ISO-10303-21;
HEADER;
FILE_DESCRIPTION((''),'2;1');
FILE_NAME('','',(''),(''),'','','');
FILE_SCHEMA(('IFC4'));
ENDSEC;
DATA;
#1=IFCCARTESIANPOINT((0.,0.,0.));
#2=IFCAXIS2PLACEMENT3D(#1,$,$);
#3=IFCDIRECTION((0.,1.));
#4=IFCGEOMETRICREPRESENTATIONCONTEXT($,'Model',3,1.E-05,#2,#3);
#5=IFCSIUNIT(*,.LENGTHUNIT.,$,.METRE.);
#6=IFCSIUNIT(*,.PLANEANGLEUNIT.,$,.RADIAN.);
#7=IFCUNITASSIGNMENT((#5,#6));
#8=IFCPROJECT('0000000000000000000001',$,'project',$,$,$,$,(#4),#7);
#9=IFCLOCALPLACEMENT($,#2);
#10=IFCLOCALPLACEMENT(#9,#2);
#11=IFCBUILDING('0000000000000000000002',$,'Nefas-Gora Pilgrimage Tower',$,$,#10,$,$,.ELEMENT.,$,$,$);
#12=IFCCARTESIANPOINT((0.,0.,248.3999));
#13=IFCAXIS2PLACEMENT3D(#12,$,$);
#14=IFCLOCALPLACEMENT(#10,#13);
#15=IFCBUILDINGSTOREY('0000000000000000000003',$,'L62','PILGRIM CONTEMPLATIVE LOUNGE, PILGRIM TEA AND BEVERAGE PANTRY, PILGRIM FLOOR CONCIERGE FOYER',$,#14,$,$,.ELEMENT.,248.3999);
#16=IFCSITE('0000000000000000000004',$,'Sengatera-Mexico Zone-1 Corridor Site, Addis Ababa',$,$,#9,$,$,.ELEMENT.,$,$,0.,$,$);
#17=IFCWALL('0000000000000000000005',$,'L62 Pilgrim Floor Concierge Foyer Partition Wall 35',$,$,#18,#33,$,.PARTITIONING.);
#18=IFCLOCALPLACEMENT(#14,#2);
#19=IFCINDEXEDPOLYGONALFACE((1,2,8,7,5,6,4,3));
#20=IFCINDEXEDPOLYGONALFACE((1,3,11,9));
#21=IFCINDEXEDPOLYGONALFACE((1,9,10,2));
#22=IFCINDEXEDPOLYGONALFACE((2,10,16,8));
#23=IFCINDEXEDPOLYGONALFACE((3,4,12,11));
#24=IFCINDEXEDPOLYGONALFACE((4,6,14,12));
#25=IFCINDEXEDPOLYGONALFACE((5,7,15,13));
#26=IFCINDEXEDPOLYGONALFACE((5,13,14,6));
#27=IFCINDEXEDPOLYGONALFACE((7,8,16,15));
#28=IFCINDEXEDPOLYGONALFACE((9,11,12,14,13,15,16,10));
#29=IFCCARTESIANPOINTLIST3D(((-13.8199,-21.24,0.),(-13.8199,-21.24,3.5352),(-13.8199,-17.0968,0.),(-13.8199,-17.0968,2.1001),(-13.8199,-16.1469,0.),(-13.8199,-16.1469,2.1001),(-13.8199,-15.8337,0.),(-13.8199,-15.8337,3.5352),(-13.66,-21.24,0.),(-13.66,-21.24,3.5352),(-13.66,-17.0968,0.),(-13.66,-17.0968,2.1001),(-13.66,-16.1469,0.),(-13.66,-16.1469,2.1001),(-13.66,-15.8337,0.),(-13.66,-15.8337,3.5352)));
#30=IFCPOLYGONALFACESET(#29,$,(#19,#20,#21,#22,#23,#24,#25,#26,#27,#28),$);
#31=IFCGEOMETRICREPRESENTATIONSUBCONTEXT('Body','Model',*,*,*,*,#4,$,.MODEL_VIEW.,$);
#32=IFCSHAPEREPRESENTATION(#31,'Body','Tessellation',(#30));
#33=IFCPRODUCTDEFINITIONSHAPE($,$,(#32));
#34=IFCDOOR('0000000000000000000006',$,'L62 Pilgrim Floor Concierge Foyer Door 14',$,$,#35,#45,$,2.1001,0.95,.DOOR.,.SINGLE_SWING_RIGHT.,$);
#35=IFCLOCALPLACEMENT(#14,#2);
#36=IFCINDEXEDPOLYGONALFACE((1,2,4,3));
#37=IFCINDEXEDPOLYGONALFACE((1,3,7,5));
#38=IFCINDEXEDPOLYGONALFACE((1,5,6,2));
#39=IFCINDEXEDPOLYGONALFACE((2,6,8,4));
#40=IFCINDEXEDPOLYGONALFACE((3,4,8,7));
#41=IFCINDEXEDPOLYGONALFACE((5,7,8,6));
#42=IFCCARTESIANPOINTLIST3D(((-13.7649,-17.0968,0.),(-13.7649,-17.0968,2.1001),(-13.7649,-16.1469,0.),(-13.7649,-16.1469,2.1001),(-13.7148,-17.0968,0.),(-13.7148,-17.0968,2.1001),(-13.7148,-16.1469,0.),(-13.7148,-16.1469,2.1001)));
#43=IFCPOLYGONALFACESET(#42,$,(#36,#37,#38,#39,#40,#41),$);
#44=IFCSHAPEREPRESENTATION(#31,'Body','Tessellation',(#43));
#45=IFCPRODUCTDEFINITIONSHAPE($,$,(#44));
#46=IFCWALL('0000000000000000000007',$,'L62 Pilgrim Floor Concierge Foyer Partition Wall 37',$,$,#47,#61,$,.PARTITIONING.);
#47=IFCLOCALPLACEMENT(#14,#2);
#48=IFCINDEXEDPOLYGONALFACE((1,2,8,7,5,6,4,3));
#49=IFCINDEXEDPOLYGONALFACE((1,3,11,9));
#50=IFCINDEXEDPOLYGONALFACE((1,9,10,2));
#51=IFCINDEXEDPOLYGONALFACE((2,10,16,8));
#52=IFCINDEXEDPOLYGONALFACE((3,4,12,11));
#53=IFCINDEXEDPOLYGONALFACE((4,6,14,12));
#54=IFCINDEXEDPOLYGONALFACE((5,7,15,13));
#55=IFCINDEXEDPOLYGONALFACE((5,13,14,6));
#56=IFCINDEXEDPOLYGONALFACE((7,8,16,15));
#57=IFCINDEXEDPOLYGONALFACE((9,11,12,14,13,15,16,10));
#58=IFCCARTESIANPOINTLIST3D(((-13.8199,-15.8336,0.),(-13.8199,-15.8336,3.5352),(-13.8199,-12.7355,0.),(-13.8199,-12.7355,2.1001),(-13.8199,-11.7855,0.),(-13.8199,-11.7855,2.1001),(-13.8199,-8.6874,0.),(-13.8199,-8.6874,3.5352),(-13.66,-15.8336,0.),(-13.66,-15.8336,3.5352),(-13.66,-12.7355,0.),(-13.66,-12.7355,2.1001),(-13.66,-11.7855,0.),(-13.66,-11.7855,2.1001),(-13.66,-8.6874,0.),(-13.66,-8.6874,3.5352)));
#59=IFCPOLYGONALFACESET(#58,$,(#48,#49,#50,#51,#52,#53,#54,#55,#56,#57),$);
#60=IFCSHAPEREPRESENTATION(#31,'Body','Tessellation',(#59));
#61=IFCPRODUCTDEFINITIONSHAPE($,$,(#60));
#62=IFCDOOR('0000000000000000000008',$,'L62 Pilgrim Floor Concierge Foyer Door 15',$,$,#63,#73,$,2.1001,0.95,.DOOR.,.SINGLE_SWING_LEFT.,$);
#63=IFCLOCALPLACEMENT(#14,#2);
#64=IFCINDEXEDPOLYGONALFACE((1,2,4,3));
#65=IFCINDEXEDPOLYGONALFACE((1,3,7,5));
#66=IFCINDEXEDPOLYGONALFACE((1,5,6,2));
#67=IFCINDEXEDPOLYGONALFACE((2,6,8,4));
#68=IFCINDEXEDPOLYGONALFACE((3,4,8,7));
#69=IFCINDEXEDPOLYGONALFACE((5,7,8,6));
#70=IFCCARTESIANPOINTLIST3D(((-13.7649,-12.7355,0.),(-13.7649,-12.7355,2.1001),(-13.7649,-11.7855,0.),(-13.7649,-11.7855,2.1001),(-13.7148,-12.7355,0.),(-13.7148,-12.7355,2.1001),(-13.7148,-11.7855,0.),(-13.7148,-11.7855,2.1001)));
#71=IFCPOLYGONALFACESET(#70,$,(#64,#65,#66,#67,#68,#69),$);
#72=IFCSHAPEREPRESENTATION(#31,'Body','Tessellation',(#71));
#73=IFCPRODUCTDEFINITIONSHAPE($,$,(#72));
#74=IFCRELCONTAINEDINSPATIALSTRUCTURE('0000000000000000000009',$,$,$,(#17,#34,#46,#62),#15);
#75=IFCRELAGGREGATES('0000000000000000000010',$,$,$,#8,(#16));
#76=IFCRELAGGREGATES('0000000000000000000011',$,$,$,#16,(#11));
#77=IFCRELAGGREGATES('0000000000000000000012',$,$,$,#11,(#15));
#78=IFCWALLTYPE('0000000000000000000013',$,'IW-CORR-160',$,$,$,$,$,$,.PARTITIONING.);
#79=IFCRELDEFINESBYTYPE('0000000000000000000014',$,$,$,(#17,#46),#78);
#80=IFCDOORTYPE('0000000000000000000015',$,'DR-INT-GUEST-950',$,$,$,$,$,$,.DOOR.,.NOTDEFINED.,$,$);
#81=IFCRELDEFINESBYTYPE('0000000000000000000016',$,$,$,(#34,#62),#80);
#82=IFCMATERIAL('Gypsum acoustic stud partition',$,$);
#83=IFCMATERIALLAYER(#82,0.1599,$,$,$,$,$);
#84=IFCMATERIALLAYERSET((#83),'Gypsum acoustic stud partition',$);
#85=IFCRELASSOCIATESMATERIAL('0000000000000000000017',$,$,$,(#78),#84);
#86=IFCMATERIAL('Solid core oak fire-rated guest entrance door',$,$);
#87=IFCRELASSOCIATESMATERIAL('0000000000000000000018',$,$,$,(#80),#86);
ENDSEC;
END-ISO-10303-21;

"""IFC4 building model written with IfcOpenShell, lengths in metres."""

from ifc_helpers import new_model, si_unit, direction, frame, frame_2d, origin, place, context, subcontext, project, spatial, rectangle, extrude, source, transform, mapped, material, layer, layer_set, type_object, element, fill, save


model = new_model("IFC4")

# Units and contexts
model_context = context("Model", 3, precision=1e-05, world=origin(), true_north=direction((0.0, 1.0)))
body_context = subcontext(model_context, "Body", "Model", "MODEL_VIEW")
ifc_project = project(units=[si_unit("LENGTHUNIT", "METRE"), si_unit("PLANEANGLEUNIT", "RADIAN")], contexts=[model_context])

# Site, building, storey
site_placement = place(None, origin())
site = spatial("IfcSite", under=ifc_project, at=site_placement, Name="Sengatera-Mexico Zone-1 Corridor Site, Addis Ababa", CompositionType="ELEMENT", RefElevation=0.0)
building_placement = place(site_placement, origin())
building = spatial("IfcBuilding", under=site, at=building_placement, Name="Nefas-Gora Pilgrimage Tower", CompositionType="ELEMENT")
storey_placement = place(building_placement, frame((0.0, 0.0, 248.3999)))
storey = spatial("IfcBuildingStorey", under=building, at=storey_placement, Name="L62", Description="PILGRIM CONTEMPLATIVE LOUNGE, PILGRIM TEA AND BEVERAGE PANTRY, PILGRIM FLOOR CONCIERGE FOYER", CompositionType="ELEMENT", Elevation=248.3999)

# Shared definitions
ifc_material_1 = material(Name="Gypsum acoustic stud partition")
ifc_layer_1 = layer(ifc_material_1, 0.1599)
ifc_layer_set_1 = layer_set([ifc_layer_1], Name="Gypsum acoustic stud partition")
wall_type_1 = type_object("IfcWallType", Name="IW-CORR-160", PredefinedType="PARTITIONING", material=ifc_layer_set_1)
ifc_material_2 = material(Name="Solid core oak fire-rated guest entrance door")
door_type = type_object("IfcDoorType", Name="DR-INT-GUEST-950", OperationType="NOTDEFINED", PredefinedType="DOOR", material=ifc_material_2)
shared_shape_1 = source(origin(), body_context, "Body", "SweptSolid", [
    extrude(rectangle(XDim=0.95, YDim=2.1001, at=frame_2d((0.4751, 1.05))), frame((0.0, 0.0249, 0.0), z_axis=(0.0, -1.0, 0.0), x_axis=(1.0, 0.0, 0.0)), (0.0, 0.0, 1.0), 0.05),
])

# Walls, openings, doors
shared_shape_2 = source(origin(), body_context, "Body", "SweptSolid", [
    extrude(rectangle(XDim=5.4062, YDim=0.1599, at=frame_2d((2.7031, 0.0))), origin(), (0.0, 0.0, 1.0), 3.5352),
])
wall_1_placement = place(storey_placement, frame((-13.74, -21.24, 0.0), z_axis=(0.0, 0.0, 1.0), x_axis=(0.0, 1.0, 0.0)))
wall_1 = element("IfcWall", 1, at=wall_1_placement, inside=storey, type_object=wall_type_1, Name="L62 Pilgrim Floor Concierge Foyer Partition Wall 35", PredefinedType="PARTITIONING", context=body_context, shape_type="MappedRepresentation", body=[
    mapped(shared_shape_2, transform((0.0, 0.0, 0.0), x_axis=(1.0, 0.0, 0.0), y_axis=(0.0, 1.0, 0.0), z_axis=(0.0, 0.0, 1.0), scale=1.0)),
])
opening_1_placement = place(wall_1_placement, frame((4.1431, 0.0, 0.0)))
opening_1 = element("IfcOpeningElement", 2, at=opening_1_placement, cuts=wall_1, PredefinedType="OPENING", context=body_context, shape_type="SweptSolid", body=[
    extrude(rectangle(XDim=0.95, YDim=2.1001, at=frame_2d((0.4751, 1.05))), frame((0.0, 0.0898, 0.0), z_axis=(0.0, -1.0, 0.0), x_axis=(1.0, 0.0, 0.0)), (0.0, 0.0, 1.0), 0.1799),
])
door_1_placement = place(opening_1_placement, origin())
door_1 = element("IfcDoor", 3, at=door_1_placement, inside=storey, type_object=door_type, Name="L62 Pilgrim Floor Concierge Foyer Door 14", OperationType="SINGLE_SWING_RIGHT", OverallHeight=2.1001, OverallWidth=0.95, PredefinedType="DOOR", context=body_context, shape_type="MappedRepresentation", body=[
    mapped(shared_shape_1, transform((0.0, 0.0, 0.0), x_axis=(1.0, 0.0, 0.0), y_axis=(0.0, 1.0, 0.0), z_axis=(0.0, 0.0, 1.0), scale=1.0)),
])
fill(opening_1, door_1)
shared_shape_3 = source(origin(), body_context, "Body", "SweptSolid", [
    extrude(rectangle(XDim=7.1462, YDim=0.1599, at=frame_2d((3.5732, 0.0))), origin(), (0.0, 0.0, 1.0), 3.5352),
])
wall_2_placement = place(storey_placement, frame((-13.74, -15.8337, 0.0), z_axis=(0.0, 0.0, 1.0), x_axis=(0.0, 1.0, 0.0)))
wall_2 = element("IfcWall", 4, at=wall_2_placement, inside=storey, type_object=wall_type_1, Name="L62 Pilgrim Floor Concierge Foyer Partition Wall 37", PredefinedType="PARTITIONING", context=body_context, shape_type="MappedRepresentation", body=[
    mapped(shared_shape_3, transform((0.0, 0.0, 0.0), x_axis=(1.0, 0.0, 0.0), y_axis=(0.0, 1.0, 0.0), z_axis=(0.0, 0.0, 1.0), scale=1.0)),
])
opening_2_placement = place(wall_2_placement, frame((3.0981, 0.0, 0.0)))
opening_2 = element("IfcOpeningElement", 5, at=opening_2_placement, cuts=wall_2, PredefinedType="OPENING", context=body_context, shape_type="SweptSolid", body=[
    extrude(rectangle(XDim=0.95, YDim=2.1001, at=frame_2d((0.4751, 1.05))), frame((0.0, 0.0898, 0.0), z_axis=(0.0, -1.0, 0.0), x_axis=(1.0, 0.0, 0.0)), (0.0, 0.0, 1.0), 0.1799),
])
door_2_placement = place(opening_2_placement, origin())
door_2 = element("IfcDoor", 6, at=door_2_placement, inside=storey, type_object=door_type, Name="L62 Pilgrim Floor Concierge Foyer Door 15", OperationType="SINGLE_SWING_LEFT", OverallHeight=2.1001, OverallWidth=0.95, PredefinedType="DOOR", context=body_context, shape_type="MappedRepresentation", body=[
    mapped(shared_shape_1, transform((0.0, 0.0, 0.0), x_axis=(1.0, 0.0, 0.0), y_axis=(0.0, 1.0, 0.0), z_axis=(0.0, 0.0, 1.0), scale=1.0)),
])
fill(opening_2, door_2)

save(model, "model.ifc")
